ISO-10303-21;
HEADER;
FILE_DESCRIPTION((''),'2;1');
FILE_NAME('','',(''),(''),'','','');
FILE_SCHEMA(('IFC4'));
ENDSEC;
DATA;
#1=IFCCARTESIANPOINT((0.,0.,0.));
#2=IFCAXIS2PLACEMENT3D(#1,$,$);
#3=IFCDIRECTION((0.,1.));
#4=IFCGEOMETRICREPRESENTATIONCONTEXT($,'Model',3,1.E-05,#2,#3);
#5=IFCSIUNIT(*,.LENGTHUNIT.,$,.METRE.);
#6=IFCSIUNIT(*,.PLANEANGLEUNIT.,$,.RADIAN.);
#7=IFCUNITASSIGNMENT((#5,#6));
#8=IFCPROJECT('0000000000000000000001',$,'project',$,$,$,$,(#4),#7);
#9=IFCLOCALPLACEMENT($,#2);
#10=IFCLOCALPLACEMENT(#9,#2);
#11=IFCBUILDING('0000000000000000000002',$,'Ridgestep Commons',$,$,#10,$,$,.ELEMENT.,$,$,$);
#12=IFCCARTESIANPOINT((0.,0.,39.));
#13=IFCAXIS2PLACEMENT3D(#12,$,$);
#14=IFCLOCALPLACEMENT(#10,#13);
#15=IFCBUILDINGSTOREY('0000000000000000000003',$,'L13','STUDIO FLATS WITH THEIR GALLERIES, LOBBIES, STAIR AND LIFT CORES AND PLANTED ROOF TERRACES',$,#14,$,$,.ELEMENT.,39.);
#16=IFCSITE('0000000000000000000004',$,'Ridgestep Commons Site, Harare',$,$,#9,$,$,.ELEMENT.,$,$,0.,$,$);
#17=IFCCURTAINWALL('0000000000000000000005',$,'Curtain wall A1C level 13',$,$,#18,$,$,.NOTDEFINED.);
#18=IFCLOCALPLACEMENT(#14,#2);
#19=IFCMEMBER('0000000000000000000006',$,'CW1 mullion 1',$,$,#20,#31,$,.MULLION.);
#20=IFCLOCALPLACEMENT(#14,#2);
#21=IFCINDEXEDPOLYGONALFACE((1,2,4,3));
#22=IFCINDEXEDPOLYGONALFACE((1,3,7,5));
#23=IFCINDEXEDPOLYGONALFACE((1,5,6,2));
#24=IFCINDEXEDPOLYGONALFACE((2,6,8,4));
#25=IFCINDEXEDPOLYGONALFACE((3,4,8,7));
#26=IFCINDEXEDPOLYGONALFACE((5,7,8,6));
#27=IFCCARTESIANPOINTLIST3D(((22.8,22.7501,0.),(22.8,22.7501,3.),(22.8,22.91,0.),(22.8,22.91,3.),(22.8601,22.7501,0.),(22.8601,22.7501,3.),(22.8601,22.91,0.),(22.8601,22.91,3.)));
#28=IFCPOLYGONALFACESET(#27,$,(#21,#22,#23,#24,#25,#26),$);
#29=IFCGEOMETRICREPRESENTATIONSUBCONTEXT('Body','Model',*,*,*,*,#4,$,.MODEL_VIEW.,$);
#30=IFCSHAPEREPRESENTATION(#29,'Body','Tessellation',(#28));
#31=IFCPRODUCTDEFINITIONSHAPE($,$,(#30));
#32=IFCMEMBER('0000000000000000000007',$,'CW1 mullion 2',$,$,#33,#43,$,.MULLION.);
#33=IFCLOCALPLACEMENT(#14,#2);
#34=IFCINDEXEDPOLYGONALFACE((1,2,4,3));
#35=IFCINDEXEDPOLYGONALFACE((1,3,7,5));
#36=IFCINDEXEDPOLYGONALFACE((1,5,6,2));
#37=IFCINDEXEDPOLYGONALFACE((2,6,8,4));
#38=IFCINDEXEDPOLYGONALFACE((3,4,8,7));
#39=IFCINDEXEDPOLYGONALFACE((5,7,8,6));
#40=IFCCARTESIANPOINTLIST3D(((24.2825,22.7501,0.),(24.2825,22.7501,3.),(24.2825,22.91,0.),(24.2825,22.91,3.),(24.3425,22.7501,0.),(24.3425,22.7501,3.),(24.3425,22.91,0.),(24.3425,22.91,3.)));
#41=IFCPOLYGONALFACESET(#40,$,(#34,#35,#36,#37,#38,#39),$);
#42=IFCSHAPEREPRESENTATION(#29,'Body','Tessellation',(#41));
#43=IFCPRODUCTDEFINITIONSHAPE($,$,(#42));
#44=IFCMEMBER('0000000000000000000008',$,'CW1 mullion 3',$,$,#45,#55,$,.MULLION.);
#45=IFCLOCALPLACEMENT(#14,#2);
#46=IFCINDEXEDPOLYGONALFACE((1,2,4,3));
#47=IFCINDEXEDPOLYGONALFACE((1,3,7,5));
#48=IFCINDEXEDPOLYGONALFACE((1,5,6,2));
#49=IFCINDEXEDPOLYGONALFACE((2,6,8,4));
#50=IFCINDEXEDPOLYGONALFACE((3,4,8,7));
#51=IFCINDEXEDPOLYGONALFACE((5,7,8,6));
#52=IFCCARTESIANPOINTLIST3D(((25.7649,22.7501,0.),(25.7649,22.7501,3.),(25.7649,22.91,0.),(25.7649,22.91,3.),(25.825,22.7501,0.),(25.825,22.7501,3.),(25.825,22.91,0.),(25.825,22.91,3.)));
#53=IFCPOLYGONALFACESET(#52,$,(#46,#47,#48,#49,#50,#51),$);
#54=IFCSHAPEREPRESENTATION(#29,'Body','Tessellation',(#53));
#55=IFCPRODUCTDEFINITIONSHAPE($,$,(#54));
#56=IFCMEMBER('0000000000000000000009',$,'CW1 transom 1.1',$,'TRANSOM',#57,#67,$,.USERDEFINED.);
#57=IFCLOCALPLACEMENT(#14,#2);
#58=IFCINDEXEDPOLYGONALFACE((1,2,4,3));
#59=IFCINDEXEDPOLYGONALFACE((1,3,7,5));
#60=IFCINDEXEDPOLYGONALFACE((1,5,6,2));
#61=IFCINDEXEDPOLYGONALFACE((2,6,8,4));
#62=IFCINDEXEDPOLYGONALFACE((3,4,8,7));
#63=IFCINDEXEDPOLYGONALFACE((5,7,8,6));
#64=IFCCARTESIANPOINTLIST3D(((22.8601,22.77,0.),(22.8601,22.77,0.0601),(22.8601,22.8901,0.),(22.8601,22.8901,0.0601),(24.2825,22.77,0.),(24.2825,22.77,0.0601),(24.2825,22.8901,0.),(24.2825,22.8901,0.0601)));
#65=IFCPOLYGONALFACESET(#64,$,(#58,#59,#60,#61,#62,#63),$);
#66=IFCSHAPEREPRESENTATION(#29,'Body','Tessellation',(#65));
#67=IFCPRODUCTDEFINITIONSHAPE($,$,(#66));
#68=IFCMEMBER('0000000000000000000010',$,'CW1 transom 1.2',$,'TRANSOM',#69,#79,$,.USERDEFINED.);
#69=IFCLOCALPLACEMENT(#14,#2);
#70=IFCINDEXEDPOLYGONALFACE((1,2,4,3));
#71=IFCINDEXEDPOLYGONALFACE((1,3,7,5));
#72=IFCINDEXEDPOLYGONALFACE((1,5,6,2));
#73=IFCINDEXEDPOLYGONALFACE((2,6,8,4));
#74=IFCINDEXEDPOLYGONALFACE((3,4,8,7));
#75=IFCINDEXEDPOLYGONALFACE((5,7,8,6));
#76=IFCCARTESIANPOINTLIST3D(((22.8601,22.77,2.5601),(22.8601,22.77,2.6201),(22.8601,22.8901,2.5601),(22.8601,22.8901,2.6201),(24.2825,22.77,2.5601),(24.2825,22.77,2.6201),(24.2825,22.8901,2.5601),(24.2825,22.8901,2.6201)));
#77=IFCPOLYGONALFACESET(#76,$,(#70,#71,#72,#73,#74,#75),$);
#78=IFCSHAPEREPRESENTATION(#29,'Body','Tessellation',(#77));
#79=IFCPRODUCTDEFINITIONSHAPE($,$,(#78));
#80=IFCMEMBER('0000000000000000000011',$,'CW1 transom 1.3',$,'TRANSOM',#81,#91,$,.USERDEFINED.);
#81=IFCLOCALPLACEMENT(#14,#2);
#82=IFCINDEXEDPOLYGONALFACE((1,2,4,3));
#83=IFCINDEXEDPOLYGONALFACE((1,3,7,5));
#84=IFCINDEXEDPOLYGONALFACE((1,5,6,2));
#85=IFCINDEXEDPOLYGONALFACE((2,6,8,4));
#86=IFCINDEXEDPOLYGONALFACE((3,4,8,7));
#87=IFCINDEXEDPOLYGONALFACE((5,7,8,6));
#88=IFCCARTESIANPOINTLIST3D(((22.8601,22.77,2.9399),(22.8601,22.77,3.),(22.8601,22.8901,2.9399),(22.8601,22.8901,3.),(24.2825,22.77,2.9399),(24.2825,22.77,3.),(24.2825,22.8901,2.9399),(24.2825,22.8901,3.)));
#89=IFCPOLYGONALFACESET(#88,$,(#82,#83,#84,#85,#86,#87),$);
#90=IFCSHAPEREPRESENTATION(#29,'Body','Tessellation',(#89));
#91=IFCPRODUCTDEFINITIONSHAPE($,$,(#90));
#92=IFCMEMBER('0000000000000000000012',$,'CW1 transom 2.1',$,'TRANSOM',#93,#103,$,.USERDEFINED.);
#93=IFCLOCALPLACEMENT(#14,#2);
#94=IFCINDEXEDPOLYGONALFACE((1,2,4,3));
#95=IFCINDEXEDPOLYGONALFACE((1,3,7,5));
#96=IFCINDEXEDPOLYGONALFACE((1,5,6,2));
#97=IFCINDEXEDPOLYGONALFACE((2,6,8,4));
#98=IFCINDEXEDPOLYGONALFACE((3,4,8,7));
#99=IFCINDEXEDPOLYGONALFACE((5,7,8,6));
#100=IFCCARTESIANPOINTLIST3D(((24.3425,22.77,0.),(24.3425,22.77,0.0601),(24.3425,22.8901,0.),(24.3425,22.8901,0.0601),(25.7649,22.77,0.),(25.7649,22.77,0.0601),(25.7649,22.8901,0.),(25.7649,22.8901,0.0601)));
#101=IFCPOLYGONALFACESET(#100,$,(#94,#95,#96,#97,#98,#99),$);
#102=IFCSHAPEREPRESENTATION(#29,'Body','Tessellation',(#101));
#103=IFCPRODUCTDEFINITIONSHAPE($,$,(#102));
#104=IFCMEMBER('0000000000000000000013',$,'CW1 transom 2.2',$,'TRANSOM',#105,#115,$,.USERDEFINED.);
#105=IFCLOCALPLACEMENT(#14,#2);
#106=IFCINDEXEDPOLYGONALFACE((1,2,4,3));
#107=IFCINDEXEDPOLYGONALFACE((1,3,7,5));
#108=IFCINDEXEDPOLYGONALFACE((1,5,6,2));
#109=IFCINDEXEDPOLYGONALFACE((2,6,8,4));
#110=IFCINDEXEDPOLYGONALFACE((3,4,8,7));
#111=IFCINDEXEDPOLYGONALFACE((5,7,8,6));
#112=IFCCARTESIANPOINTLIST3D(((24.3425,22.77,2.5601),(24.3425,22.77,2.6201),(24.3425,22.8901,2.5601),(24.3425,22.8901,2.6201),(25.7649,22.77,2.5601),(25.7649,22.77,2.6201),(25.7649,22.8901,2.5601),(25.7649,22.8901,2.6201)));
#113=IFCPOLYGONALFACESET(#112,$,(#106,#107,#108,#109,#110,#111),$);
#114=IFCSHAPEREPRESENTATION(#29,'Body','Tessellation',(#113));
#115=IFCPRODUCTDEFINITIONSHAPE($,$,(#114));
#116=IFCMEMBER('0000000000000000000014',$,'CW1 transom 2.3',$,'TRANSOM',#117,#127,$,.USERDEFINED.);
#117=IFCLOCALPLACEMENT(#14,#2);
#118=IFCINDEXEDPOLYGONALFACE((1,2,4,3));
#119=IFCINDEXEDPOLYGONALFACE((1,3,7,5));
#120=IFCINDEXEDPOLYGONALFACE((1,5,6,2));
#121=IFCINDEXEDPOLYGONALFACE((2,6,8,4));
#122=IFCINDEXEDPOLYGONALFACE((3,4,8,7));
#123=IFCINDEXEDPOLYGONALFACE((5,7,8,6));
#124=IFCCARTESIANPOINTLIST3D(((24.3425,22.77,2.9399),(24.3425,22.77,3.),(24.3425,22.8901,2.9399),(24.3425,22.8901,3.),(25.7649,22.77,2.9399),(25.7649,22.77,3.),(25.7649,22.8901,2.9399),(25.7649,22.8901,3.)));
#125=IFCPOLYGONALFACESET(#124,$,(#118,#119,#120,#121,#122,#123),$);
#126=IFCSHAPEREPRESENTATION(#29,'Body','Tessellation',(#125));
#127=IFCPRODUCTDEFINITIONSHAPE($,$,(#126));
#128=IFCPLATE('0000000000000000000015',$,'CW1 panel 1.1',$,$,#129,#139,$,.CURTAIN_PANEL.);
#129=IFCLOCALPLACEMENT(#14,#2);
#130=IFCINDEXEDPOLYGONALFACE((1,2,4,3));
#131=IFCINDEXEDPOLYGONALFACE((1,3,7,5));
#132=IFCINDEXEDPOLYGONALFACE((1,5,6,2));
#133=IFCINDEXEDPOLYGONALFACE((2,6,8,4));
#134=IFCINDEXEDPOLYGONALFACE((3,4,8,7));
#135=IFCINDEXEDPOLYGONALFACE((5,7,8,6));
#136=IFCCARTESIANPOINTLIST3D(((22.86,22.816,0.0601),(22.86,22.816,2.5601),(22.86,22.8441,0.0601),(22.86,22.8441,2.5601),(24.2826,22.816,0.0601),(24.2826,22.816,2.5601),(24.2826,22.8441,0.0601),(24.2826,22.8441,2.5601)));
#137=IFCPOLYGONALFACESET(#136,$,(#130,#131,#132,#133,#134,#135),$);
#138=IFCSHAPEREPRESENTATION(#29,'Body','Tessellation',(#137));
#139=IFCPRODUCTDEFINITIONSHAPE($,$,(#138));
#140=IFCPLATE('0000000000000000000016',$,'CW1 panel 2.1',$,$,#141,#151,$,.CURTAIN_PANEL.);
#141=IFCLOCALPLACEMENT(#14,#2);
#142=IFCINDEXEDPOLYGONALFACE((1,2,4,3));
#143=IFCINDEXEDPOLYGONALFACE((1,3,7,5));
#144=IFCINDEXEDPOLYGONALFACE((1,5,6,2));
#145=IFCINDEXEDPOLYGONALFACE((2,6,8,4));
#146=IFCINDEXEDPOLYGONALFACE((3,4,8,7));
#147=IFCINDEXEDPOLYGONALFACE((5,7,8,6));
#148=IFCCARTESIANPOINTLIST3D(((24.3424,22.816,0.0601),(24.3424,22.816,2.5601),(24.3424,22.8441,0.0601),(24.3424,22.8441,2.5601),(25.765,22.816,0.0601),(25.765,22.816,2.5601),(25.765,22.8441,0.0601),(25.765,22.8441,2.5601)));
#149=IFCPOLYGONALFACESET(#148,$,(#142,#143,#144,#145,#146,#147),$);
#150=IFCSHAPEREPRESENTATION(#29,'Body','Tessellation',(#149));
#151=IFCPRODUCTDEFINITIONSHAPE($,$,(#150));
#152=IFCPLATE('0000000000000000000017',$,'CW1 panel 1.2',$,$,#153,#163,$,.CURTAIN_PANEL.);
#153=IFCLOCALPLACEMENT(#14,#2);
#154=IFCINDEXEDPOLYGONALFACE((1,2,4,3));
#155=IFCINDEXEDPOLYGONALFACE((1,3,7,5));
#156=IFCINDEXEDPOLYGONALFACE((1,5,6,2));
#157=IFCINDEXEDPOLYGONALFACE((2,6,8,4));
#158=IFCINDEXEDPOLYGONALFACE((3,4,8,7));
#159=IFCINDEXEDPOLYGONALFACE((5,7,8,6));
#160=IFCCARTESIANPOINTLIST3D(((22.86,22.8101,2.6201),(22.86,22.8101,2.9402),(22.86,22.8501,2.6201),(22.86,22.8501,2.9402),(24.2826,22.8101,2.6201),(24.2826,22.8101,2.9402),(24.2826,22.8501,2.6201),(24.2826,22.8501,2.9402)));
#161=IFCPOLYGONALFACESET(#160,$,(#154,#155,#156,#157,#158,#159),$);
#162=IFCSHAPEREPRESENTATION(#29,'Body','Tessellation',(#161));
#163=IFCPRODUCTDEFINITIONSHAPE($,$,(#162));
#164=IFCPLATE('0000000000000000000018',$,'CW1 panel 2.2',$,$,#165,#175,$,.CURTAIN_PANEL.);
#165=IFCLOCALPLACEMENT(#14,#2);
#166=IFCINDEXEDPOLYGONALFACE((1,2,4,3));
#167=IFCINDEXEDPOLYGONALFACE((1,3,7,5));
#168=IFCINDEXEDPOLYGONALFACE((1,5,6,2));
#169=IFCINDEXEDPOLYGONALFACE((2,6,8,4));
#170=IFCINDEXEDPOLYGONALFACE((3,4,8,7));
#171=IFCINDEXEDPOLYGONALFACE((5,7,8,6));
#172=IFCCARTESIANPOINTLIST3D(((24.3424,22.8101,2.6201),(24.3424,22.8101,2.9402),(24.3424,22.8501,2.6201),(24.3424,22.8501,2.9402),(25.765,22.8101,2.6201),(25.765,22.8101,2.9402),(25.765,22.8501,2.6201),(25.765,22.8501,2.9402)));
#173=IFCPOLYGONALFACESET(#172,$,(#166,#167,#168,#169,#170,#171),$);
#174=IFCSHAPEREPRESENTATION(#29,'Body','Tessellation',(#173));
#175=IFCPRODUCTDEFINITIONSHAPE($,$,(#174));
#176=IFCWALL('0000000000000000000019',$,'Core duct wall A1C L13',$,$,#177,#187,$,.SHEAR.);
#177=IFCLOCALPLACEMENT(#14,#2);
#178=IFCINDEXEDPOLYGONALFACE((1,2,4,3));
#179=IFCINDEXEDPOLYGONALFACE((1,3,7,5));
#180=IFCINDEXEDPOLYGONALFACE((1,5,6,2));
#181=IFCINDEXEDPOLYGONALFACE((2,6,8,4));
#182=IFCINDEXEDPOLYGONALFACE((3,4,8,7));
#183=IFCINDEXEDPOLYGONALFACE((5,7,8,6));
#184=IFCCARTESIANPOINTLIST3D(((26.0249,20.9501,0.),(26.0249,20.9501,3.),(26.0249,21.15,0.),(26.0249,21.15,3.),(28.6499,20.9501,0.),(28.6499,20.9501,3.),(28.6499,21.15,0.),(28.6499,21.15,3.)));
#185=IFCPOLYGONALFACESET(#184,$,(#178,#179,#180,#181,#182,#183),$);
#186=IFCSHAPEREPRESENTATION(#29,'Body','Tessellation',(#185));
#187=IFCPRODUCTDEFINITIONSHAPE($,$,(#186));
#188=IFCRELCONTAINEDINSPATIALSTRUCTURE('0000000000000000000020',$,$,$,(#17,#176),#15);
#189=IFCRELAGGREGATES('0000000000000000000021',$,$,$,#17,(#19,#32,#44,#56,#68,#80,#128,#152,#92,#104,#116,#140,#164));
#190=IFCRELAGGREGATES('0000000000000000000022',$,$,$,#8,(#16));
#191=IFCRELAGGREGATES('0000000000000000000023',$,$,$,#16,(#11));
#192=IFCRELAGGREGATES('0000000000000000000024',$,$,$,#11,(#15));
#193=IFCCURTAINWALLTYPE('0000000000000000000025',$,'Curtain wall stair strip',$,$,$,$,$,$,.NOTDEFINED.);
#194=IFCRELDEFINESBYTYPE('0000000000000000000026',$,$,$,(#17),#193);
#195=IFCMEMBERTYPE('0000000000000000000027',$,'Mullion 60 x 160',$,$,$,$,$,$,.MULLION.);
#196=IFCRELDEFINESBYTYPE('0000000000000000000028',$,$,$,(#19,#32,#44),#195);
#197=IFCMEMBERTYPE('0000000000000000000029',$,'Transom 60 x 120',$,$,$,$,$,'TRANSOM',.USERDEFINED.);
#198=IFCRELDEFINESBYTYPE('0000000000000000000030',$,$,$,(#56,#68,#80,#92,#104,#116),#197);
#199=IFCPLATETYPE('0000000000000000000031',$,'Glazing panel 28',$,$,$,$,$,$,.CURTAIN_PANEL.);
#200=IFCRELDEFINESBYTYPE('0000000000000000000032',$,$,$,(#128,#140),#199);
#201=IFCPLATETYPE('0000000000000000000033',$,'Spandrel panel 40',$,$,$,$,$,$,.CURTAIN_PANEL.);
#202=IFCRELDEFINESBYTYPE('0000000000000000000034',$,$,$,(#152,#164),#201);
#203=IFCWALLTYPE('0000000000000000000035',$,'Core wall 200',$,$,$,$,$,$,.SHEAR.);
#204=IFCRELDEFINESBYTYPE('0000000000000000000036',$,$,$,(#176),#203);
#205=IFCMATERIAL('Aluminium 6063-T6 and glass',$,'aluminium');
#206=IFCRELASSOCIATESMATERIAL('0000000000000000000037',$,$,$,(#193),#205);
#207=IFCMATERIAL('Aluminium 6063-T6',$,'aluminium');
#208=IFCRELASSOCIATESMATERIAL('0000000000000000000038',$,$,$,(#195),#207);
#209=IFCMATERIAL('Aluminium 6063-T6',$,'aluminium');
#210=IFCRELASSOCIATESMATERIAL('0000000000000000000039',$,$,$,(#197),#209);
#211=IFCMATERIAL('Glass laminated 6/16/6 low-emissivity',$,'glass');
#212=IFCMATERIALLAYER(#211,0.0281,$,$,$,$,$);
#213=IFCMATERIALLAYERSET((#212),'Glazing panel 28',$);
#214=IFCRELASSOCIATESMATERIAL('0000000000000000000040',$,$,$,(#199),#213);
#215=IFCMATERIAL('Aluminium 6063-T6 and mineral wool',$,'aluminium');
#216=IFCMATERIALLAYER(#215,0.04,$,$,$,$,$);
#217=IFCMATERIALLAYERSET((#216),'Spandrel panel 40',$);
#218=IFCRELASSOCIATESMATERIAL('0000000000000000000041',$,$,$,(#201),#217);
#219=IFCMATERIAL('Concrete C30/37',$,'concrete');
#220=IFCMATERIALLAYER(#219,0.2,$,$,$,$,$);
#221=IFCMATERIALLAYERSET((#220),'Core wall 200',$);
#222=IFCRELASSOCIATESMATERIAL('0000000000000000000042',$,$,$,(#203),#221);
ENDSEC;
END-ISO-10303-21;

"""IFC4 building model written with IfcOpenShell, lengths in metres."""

from ifc_helpers import new_model, si_unit, direction, frame, frame_2d, origin, origin_2d, place, context, subcontext, project, spatial, rectangle, extrude, material, layer, layer_set, material_profile, profile_set, type_object, element, aggregate, save


model = new_model("IFC4")

# Units and contexts
model_context = context("Model", 3, precision=1e-05, world=origin(), true_north=direction((0.0, 1.0)))
body_context = subcontext(model_context, "Body", "Model", "MODEL_VIEW")
ifc_project = project(units=[si_unit("LENGTHUNIT", "METRE"), si_unit("PLANEANGLEUNIT", "RADIAN")], contexts=[model_context])

# Site, building, storey
site_placement = place(None, origin())
site = spatial("IfcSite", under=ifc_project, at=site_placement, Name="Ridgestep Commons Site, Harare", CompositionType="ELEMENT", RefElevation=0.0)
building_placement = place(site_placement, origin())
building = spatial("IfcBuilding", under=site, at=building_placement, Name="Ridgestep Commons", CompositionType="ELEMENT")
storey_placement = place(building_placement, frame((0.0, 0.0, 39.0)))
storey = spatial("IfcBuildingStorey", under=building, at=storey_placement, Name="L13", Description="STUDIO FLATS WITH THEIR GALLERIES, LOBBIES, STAIR AND LIFT CORES AND PLANTED ROOF TERRACES", CompositionType="ELEMENT", Elevation=39.0)

# Curtain wall, members, plates
ifc_material_1 = material(Name="Aluminium 6063-T6 and glass", Category="aluminium")
curtain_wall_type = type_object("IfcCurtainWallType", Name="Curtain wall stair strip", PredefinedType="NOTDEFINED", material=ifc_material_1)
curtain_wall_placement = place(storey_placement, origin())
curtain_wall = element("IfcCurtainWall", 1, at=curtain_wall_placement, inside=storey, type_object=curtain_wall_type, Name="Curtain wall A1C level 13", PredefinedType="NOTDEFINED")
ifc_material_2 = material(Name="Aluminium 6063-T6", Category="aluminium")
ifc_material_profile_1 = material_profile(ifc_material_2, rectangle(XDim=0.1599, YDim=0.0601, at=origin_2d()), Name="Mullion 60 x 160")
ifc_profile_set_1 = profile_set([ifc_material_profile_1], Name="Aluminium 6063-T6")
member_type_1 = type_object("IfcMemberType", Name="Mullion 60 x 160", PredefinedType="MULLION", material=ifc_profile_set_1)
member_1_placement = place(storey_placement, frame((22.8301, 22.8301, 0.0), z_axis=(0.0, 0.0, 1.0), x_axis=(0.0, 1.0, 0.0)))
member_1 = element("IfcMember", 2, at=member_1_placement, type_object=member_type_1, Name="CW1 mullion 1", PredefinedType="MULLION", context=body_context, shape_type="SweptSolid", body=[
    extrude(rectangle(XDim=0.1599, YDim=0.0601, at=origin_2d()), origin(), (0.0, 0.0, 1.0), 3.0),
])
member_2_placement = place(storey_placement, frame((24.3125, 22.8301, 0.0), z_axis=(0.0, 0.0, 1.0), x_axis=(0.0, 1.0, 0.0)))
member_2 = element("IfcMember", 3, at=member_2_placement, type_object=member_type_1, Name="CW1 mullion 2", PredefinedType="MULLION", context=body_context, shape_type="SweptSolid", body=[
    extrude(rectangle(XDim=0.1599, YDim=0.0601, at=origin_2d()), origin(), (0.0, 0.0, 1.0), 3.0),
])
member_3_placement = place(storey_placement, frame((25.7949, 22.8301, 0.0), z_axis=(0.0, 0.0, 1.0), x_axis=(0.0, 1.0, 0.0)))
member_3 = element("IfcMember", 4, at=member_3_placement, type_object=member_type_1, Name="CW1 mullion 3", PredefinedType="MULLION", context=body_context, shape_type="SweptSolid", body=[
    extrude(rectangle(XDim=0.1599, YDim=0.0601, at=origin_2d()), origin(), (0.0, 0.0, 1.0), 3.0),
])
ifc_material_3 = material(Name="Aluminium 6063-T6", Category="aluminium")
ifc_material_profile_2 = material_profile(ifc_material_3, rectangle(XDim=0.1201, YDim=0.0601, at=origin_2d()), Name="Transom 60 x 120")
ifc_profile_set_2 = profile_set([ifc_material_profile_2], Name="Aluminium 6063-T6")
member_type_2 = type_object("IfcMemberType", Name="Transom 60 x 120", ElementType="TRANSOM", PredefinedType="USERDEFINED", material=ifc_profile_set_2)
member_4_placement = place(storey_placement, frame((22.8601, 22.8301, 0.03), z_axis=(1.0, 0.0, 0.0), x_axis=(0.0, 1.0, 0.0)))
member_4 = element("IfcMember", 5, at=member_4_placement, type_object=member_type_2, Name="CW1 transom 1.1", ObjectType="TRANSOM", PredefinedType="USERDEFINED", context=body_context, shape_type="SweptSolid", body=[
    extrude(rectangle(XDim=0.1201, YDim=0.0601, at=origin_2d()), origin(), (0.0, 0.0, 1.0), 1.4224),
])
member_5_placement = place(storey_placement, frame((22.8601, 22.8301, 2.5901), z_axis=(1.0, 0.0, 0.0), x_axis=(0.0, 1.0, 0.0)))
member_5 = element("IfcMember", 6, at=member_5_placement, type_object=member_type_2, Name="CW1 transom 1.2", ObjectType="TRANSOM", PredefinedType="USERDEFINED", context=body_context, shape_type="SweptSolid", body=[
    extrude(rectangle(XDim=0.1201, YDim=0.0601, at=origin_2d()), origin(), (0.0, 0.0, 1.0), 1.4224),
])
member_6_placement = place(storey_placement, frame((22.8601, 22.8301, 2.97), z_axis=(1.0, 0.0, 0.0), x_axis=(0.0, 1.0, 0.0)))
member_6 = element("IfcMember", 7, at=member_6_placement, type_object=member_type_2, Name="CW1 transom 1.3", ObjectType="TRANSOM", PredefinedType="USERDEFINED", context=body_context, shape_type="SweptSolid", body=[
    extrude(rectangle(XDim=0.1201, YDim=0.0601, at=origin_2d()), origin(), (0.0, 0.0, 1.0), 1.4224),
])
member_7_placement = place(storey_placement, frame((24.3425, 22.8301, 0.03), z_axis=(1.0, 0.0, 0.0), x_axis=(0.0, 1.0, 0.0)))
member_7 = element("IfcMember", 8, at=member_7_placement, type_object=member_type_2, Name="CW1 transom 2.1", ObjectType="TRANSOM", PredefinedType="USERDEFINED", context=body_context, shape_type="SweptSolid", body=[
    extrude(rectangle(XDim=0.1201, YDim=0.0601, at=origin_2d()), origin(), (0.0, 0.0, 1.0), 1.4224),
])
member_8_placement = place(storey_placement, frame((24.3425, 22.8301, 2.5901), z_axis=(1.0, 0.0, 0.0), x_axis=(0.0, 1.0, 0.0)))
member_8 = element("IfcMember", 9, at=member_8_placement, type_object=member_type_2, Name="CW1 transom 2.2", ObjectType="TRANSOM", PredefinedType="USERDEFINED", context=body_context, shape_type="SweptSolid", body=[
    extrude(rectangle(XDim=0.1201, YDim=0.0601, at=origin_2d()), origin(), (0.0, 0.0, 1.0), 1.4224),
])
member_9_placement = place(storey_placement, frame((24.3425, 22.8301, 2.97), z_axis=(1.0, 0.0, 0.0), x_axis=(0.0, 1.0, 0.0)))
member_9 = element("IfcMember", 10, at=member_9_placement, type_object=member_type_2, Name="CW1 transom 2.3", ObjectType="TRANSOM", PredefinedType="USERDEFINED", context=body_context, shape_type="SweptSolid", body=[
    extrude(rectangle(XDim=0.1201, YDim=0.0601, at=origin_2d()), origin(), (0.0, 0.0, 1.0), 1.4224),
])
ifc_material_4 = material(Name="Glass laminated 6/16/6 low-emissivity", Category="glass")
ifc_layer_1 = layer(ifc_material_4, 0.0281)
ifc_layer_set_1 = layer_set([ifc_layer_1], Name="Glazing panel 28")
plate_type_1 = type_object("IfcPlateType", Name="Glazing panel 28", PredefinedType="CURTAIN_PANEL", material=ifc_layer_set_1)
plate_1_placement = place(storey_placement, frame((23.5713, 22.8301, 0.0601), z_axis=(0.0, 0.0, 1.0), x_axis=(1.0, 0.0, 0.0)))
plate_1 = element("IfcPlate", 11, at=plate_1_placement, type_object=plate_type_1, Name="CW1 panel 1.1", PredefinedType="CURTAIN_PANEL", context=body_context, shape_type="SweptSolid", body=[
    extrude(rectangle(XDim=1.4226, YDim=0.0281, at=origin_2d()), origin(), (0.0, 0.0, 1.0), 2.5),
])
plate_2_placement = place(storey_placement, frame((25.0537, 22.8301, 0.0601), z_axis=(0.0, 0.0, 1.0), x_axis=(1.0, 0.0, 0.0)))
plate_2 = element("IfcPlate", 12, at=plate_2_placement, type_object=plate_type_1, Name="CW1 panel 2.1", PredefinedType="CURTAIN_PANEL", context=body_context, shape_type="SweptSolid", body=[
    extrude(rectangle(XDim=1.4226, YDim=0.0281, at=origin_2d()), origin(), (0.0, 0.0, 1.0), 2.5),
])
ifc_material_5 = material(Name="Aluminium 6063-T6 and mineral wool", Category="aluminium")
ifc_layer_2 = layer(ifc_material_5, 0.04)
ifc_layer_set_2 = layer_set([ifc_layer_2], Name="Spandrel panel 40")
plate_type_2 = type_object("IfcPlateType", Name="Spandrel panel 40", PredefinedType="CURTAIN_PANEL", material=ifc_layer_set_2)
plate_3_placement = place(storey_placement, frame((23.5713, 22.8301, 2.6201), z_axis=(0.0, 0.0, 1.0), x_axis=(1.0, 0.0, 0.0)))
plate_3 = element("IfcPlate", 13, at=plate_3_placement, type_object=plate_type_2, Name="CW1 panel 1.2", PredefinedType="CURTAIN_PANEL", context=body_context, shape_type="SweptSolid", body=[
    extrude(rectangle(XDim=1.4226, YDim=0.04, at=origin_2d()), origin(), (0.0, 0.0, 1.0), 0.3201),
])
plate_4_placement = place(storey_placement, frame((25.0537, 22.8301, 2.6201), z_axis=(0.0, 0.0, 1.0), x_axis=(1.0, 0.0, 0.0)))
plate_4 = element("IfcPlate", 14, at=plate_4_placement, type_object=plate_type_2, Name="CW1 panel 2.2", PredefinedType="CURTAIN_PANEL", context=body_context, shape_type="SweptSolid", body=[
    extrude(rectangle(XDim=1.4226, YDim=0.04, at=origin_2d()), origin(), (0.0, 0.0, 1.0), 0.3201),
])
aggregate(curtain_wall, [member_1, member_2, member_3, member_4, member_5, member_6, plate_1, plate_3, member_7, member_8, member_9, plate_2, plate_4])

# Wall
ifc_material_6 = material(Name="Concrete C30/37", Category="concrete")
ifc_layer_3 = layer(ifc_material_6, 0.2)
ifc_layer_set_3 = layer_set([ifc_layer_3], Name="Core wall 200")
wall_type_1 = type_object("IfcWallType", Name="Core wall 200", PredefinedType="SHEAR", material=ifc_layer_set_3)
wall_1_placement = place(storey_placement, frame((26.0249, 21.05, 0.0), z_axis=(0.0, 0.0, 1.0), x_axis=(1.0, 0.0, 0.0)))
element("IfcWall", 15, at=wall_1_placement, inside=storey, type_object=wall_type_1, Name="Core duct wall A1C L13", PredefinedType="SHEAR", context=body_context, shape_type="SweptSolid", body=[
    extrude(rectangle(XDim=2.625, YDim=0.2, at=frame_2d((1.3125, 0.0))), origin(), (0.0, 0.0, 1.0), 3.0),
])

save(model, "model.ifc")
